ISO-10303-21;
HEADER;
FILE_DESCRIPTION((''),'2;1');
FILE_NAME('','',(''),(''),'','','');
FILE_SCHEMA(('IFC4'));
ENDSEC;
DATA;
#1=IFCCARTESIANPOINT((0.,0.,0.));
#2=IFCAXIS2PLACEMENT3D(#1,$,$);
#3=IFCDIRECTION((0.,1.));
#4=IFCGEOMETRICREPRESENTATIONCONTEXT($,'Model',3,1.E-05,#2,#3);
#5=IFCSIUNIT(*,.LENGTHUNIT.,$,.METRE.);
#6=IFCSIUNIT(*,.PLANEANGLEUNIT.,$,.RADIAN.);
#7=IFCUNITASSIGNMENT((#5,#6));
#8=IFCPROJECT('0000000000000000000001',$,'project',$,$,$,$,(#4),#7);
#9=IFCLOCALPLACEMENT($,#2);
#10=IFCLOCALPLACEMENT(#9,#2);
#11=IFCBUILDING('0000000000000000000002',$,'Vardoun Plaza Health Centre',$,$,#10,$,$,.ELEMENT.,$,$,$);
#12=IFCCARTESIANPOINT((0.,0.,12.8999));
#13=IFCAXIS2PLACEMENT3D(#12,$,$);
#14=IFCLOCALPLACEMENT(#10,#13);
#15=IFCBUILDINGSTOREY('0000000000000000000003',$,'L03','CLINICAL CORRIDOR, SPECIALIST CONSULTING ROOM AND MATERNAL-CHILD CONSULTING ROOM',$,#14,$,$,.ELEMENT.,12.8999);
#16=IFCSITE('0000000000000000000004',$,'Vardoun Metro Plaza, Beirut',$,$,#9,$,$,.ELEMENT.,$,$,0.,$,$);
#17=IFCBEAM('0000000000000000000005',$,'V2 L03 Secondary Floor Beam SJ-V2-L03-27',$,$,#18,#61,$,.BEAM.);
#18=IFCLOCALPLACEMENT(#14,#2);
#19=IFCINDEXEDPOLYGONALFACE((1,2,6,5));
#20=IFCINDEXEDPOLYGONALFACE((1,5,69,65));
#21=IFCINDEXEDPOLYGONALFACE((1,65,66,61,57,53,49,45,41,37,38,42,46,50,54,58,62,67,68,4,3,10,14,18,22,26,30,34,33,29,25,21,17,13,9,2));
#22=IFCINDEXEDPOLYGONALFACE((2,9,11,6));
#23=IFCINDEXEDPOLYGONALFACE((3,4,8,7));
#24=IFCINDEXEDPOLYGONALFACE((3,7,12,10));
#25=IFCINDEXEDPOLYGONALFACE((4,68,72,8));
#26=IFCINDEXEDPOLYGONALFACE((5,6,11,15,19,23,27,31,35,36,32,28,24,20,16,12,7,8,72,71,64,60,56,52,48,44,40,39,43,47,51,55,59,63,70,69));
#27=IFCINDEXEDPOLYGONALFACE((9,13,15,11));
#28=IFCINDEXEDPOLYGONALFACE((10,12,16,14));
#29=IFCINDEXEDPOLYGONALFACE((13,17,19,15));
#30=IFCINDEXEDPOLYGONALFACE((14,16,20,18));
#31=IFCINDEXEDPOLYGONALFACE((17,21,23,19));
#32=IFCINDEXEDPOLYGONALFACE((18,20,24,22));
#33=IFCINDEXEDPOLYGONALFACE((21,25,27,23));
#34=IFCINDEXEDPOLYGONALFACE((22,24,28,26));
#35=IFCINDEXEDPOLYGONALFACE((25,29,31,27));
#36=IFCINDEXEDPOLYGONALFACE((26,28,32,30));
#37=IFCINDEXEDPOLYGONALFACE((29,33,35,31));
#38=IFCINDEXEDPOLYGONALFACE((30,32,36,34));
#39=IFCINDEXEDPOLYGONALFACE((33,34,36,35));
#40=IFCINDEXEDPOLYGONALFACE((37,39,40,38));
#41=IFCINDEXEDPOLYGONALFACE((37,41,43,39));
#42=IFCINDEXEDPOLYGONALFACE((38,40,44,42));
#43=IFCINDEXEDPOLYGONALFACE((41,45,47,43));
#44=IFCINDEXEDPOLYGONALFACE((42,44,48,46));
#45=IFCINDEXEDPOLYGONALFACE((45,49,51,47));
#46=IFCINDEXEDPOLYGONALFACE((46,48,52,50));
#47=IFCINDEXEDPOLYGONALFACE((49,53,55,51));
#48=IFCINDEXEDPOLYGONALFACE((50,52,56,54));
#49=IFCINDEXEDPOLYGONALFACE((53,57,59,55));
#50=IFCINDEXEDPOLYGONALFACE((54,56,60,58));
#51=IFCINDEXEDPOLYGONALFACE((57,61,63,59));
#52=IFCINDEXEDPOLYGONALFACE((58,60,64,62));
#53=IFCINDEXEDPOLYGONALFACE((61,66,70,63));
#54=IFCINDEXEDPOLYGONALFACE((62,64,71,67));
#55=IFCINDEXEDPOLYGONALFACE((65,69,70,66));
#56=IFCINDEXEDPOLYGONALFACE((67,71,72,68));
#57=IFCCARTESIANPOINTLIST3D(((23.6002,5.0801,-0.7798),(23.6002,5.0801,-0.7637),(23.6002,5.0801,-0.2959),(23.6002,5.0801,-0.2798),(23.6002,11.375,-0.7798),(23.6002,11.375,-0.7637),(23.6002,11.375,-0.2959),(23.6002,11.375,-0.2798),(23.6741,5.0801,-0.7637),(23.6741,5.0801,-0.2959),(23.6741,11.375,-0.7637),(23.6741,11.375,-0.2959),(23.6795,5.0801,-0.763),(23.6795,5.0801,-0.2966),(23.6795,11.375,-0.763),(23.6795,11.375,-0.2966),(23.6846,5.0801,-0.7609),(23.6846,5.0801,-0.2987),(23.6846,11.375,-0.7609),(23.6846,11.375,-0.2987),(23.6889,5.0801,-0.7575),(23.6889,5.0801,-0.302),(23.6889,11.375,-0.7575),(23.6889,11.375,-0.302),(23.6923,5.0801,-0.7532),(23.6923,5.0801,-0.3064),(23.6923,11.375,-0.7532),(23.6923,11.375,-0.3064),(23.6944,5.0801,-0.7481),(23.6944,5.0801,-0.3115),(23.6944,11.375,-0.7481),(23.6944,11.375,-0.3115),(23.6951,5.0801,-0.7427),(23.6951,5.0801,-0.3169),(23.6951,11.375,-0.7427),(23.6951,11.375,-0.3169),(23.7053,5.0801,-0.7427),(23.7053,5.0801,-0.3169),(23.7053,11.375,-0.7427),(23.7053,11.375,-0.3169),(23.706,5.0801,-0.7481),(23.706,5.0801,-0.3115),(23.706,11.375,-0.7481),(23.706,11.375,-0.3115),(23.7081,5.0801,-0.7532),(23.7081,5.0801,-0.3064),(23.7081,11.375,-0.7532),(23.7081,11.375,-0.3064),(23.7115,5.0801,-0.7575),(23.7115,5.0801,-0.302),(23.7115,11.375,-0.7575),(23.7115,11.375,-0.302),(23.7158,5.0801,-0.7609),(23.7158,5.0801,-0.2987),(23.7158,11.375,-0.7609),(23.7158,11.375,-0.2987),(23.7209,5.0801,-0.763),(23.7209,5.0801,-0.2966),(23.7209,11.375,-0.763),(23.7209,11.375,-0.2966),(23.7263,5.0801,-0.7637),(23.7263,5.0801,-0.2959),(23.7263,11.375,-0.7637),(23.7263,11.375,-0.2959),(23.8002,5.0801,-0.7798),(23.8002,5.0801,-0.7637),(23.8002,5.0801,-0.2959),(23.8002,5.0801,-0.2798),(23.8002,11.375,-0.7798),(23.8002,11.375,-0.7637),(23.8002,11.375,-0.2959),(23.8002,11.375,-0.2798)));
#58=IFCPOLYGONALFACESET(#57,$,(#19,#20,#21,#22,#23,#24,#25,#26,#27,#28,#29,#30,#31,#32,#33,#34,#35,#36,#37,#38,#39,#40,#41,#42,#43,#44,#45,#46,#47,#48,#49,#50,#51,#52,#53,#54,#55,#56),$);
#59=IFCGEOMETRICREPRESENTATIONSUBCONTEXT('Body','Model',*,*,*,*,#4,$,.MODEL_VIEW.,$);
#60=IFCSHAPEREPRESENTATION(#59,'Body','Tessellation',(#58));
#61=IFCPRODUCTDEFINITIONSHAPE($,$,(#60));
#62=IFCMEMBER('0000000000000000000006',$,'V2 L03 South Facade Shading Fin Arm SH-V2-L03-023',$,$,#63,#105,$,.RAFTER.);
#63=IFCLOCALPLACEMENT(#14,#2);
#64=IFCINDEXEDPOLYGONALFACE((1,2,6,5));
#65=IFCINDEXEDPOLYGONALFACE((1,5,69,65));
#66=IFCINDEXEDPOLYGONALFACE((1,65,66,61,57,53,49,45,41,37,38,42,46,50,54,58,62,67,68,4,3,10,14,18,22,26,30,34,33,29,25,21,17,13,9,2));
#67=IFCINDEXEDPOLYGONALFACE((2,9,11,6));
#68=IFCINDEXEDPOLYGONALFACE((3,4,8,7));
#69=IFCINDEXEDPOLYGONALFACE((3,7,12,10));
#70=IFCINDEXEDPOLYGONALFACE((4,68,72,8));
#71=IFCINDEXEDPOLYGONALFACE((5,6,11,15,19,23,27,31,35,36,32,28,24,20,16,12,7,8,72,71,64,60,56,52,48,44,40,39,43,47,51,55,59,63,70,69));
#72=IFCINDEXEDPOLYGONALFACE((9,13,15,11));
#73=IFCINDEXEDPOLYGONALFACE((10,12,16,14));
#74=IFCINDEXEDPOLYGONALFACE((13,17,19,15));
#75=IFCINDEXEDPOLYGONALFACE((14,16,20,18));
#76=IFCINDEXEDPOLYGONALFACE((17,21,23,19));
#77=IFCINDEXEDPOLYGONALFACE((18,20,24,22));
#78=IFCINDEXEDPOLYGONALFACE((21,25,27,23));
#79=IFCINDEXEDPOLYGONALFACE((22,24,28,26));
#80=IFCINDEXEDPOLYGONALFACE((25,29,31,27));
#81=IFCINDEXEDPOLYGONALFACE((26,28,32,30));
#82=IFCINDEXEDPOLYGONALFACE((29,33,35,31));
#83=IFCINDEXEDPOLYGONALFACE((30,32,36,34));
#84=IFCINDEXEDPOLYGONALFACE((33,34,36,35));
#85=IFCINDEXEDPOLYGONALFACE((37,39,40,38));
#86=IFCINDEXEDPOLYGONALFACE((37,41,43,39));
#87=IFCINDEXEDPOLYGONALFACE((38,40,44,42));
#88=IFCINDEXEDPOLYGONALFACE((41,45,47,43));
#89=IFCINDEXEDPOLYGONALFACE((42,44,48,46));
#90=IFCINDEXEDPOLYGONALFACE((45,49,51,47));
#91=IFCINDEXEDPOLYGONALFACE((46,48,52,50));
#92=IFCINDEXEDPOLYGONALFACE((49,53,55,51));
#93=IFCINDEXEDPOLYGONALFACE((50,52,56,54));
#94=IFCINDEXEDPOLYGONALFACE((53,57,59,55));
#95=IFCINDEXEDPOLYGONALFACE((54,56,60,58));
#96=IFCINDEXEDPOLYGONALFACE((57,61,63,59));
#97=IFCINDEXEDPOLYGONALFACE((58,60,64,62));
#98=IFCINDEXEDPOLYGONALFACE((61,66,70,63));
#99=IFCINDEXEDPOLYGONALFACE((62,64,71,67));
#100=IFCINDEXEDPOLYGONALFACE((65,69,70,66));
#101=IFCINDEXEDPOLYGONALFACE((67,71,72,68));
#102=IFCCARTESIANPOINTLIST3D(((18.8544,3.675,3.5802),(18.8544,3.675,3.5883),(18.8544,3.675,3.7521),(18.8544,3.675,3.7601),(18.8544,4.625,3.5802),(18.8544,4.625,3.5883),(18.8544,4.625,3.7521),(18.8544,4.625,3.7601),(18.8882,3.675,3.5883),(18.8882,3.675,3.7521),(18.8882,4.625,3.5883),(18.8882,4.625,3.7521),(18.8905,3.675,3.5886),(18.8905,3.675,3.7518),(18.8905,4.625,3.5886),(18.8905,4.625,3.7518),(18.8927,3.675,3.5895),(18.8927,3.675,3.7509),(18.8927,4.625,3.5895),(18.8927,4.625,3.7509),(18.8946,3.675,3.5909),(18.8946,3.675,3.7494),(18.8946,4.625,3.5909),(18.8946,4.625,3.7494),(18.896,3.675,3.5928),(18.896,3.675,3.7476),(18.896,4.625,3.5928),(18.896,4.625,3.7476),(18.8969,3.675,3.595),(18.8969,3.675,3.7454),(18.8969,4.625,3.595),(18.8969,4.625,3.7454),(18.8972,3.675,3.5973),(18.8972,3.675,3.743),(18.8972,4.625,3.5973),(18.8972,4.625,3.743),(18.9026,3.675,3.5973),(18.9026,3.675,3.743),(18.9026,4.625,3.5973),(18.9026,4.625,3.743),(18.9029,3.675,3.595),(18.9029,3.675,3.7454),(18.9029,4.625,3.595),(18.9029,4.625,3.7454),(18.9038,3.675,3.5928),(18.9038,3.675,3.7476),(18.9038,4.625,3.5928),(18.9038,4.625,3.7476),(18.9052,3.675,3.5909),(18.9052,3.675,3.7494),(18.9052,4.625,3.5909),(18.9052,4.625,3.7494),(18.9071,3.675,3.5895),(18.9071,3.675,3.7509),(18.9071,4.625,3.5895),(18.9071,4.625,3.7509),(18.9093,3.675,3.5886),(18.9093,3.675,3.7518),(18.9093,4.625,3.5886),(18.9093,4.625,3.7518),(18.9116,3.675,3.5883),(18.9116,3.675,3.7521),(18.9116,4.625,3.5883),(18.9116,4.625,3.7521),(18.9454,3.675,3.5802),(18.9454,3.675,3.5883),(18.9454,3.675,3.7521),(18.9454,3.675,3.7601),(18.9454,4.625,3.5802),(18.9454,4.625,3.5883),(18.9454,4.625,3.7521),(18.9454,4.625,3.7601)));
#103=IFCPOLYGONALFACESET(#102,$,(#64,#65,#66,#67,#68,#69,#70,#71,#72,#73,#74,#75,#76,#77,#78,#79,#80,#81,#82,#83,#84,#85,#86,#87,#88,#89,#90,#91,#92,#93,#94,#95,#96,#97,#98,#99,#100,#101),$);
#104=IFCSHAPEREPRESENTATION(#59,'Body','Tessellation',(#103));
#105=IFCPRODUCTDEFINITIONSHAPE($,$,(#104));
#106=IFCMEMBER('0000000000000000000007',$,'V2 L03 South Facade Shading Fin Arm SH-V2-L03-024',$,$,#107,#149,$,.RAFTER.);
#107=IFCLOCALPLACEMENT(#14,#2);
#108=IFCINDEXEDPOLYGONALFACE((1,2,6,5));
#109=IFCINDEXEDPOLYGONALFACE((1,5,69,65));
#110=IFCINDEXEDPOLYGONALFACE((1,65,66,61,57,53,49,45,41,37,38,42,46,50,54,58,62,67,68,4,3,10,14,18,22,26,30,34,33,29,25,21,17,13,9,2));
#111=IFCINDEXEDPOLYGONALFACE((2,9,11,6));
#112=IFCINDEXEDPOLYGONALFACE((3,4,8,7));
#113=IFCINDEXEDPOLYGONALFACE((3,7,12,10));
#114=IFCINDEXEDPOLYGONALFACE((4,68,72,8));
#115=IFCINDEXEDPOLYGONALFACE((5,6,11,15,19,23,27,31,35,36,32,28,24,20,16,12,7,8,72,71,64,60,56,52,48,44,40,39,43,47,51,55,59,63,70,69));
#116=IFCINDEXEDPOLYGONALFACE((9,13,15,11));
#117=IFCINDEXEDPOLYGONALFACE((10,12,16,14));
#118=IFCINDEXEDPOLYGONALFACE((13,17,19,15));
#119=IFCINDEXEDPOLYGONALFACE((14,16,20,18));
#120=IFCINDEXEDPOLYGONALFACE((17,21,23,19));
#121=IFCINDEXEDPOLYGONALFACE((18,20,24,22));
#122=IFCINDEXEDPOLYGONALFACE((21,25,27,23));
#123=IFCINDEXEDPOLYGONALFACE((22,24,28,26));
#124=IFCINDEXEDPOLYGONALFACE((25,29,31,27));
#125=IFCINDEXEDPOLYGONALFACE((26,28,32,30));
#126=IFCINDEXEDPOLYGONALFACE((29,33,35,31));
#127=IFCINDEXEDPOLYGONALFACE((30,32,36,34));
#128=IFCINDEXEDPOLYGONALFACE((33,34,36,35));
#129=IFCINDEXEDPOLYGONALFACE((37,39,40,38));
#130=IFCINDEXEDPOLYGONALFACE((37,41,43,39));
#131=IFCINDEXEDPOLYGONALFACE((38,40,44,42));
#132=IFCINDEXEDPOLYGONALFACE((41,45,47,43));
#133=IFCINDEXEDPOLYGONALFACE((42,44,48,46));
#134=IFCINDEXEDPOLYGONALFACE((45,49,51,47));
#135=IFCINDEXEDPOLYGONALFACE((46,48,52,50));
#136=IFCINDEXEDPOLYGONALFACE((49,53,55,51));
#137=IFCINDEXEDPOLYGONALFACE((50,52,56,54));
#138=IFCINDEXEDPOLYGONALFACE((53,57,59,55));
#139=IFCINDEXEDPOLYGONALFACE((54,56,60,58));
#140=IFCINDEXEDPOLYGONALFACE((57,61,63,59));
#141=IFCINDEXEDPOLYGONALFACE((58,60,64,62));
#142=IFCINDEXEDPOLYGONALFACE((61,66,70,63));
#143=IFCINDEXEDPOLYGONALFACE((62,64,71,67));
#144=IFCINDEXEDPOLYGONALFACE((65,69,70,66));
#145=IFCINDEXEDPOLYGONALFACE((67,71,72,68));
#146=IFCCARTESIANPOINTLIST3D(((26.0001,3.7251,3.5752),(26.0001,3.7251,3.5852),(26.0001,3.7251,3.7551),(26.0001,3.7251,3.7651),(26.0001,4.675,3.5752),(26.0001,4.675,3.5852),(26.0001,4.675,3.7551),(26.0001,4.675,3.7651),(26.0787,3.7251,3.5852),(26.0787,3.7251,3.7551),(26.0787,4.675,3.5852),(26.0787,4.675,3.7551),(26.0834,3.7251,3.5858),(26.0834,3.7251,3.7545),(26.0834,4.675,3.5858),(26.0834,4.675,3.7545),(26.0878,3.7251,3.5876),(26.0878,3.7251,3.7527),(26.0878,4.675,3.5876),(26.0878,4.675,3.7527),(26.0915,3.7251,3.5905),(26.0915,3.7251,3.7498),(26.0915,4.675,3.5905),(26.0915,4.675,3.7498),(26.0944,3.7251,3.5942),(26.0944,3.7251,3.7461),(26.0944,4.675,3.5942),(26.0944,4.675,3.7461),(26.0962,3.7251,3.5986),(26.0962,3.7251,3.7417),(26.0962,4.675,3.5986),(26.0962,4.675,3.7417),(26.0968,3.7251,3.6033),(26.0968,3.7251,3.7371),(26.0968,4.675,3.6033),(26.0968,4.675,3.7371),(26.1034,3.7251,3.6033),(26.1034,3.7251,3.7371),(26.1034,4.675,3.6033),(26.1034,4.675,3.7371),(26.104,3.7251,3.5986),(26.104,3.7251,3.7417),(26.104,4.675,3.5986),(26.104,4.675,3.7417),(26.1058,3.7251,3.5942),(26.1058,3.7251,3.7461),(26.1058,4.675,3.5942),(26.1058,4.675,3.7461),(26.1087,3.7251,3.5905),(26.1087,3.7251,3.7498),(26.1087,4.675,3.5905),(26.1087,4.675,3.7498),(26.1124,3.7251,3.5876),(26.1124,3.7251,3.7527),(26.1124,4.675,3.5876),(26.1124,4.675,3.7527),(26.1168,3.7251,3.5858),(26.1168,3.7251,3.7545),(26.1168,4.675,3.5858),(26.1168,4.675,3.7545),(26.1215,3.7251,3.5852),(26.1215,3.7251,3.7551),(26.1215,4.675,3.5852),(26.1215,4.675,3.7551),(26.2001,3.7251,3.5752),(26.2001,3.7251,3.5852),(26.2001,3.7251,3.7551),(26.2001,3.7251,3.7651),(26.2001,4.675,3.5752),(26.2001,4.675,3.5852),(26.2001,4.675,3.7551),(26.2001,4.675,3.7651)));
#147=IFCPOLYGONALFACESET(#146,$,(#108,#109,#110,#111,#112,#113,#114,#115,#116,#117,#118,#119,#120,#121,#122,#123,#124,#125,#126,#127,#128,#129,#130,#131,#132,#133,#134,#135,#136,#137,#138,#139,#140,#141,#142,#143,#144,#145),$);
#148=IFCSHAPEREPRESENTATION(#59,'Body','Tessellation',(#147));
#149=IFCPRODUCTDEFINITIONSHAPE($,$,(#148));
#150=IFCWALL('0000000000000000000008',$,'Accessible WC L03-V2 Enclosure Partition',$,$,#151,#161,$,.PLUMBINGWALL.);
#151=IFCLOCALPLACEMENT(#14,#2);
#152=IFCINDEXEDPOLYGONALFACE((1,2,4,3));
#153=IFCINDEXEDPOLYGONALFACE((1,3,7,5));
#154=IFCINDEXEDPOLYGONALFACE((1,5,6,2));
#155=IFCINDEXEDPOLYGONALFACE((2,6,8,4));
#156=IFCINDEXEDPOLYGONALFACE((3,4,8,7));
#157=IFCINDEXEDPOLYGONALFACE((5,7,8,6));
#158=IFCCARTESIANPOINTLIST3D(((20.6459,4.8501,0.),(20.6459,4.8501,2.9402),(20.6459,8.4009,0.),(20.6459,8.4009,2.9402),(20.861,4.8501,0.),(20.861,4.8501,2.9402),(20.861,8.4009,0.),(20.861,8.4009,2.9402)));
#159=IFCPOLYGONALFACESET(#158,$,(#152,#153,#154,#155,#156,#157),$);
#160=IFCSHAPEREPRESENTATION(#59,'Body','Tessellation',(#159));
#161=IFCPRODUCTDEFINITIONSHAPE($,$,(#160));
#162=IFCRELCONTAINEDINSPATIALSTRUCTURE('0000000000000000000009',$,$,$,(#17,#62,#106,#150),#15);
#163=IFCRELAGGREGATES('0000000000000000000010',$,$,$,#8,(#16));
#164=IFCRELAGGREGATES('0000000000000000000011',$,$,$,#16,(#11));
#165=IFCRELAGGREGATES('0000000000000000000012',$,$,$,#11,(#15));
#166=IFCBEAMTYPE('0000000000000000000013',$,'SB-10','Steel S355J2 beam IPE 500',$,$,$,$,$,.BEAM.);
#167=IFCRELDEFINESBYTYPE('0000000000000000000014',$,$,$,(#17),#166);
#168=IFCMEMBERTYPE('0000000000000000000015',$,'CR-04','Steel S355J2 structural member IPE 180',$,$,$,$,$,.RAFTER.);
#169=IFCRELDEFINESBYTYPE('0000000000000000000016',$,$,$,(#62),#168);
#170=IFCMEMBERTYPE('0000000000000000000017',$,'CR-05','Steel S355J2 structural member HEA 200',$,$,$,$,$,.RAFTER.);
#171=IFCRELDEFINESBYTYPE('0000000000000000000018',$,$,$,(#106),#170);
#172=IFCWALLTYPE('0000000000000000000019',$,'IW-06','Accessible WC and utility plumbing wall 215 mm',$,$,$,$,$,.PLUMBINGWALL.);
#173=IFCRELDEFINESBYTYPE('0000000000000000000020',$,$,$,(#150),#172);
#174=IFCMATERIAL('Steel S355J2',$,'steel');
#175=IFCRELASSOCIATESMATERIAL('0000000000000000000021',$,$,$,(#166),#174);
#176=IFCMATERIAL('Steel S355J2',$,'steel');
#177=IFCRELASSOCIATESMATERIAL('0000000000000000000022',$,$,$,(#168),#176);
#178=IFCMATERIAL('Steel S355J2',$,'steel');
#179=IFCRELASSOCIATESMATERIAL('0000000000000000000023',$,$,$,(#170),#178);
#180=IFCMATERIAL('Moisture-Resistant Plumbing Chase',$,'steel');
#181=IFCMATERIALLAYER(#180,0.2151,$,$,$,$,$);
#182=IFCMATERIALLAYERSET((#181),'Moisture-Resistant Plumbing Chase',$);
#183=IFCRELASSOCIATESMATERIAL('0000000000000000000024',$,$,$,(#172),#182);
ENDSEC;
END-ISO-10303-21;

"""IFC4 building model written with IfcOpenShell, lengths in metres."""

from ifc_helpers import new_model, si_unit, direction, frame, frame_2d, origin, origin_2d, place, context, subcontext, project, spatial, rectangle, i_section, extrude, material, layer, layer_set, material_profile, profile_set, type_object, element, save


model = new_model("IFC4")

# Units and contexts
model_context = context("Model", 3, precision=1e-05, world=origin(), true_north=direction((0.0, 1.0)))
body_context = subcontext(model_context, "Body", "Model", "MODEL_VIEW")
ifc_project = project(units=[si_unit("LENGTHUNIT", "METRE"), si_unit("PLANEANGLEUNIT", "RADIAN")], contexts=[model_context])

# Site, building, storey
site_placement = place(None, origin())
site = spatial("IfcSite", under=ifc_project, at=site_placement, Name="Vardoun Metro Plaza, Beirut", CompositionType="ELEMENT", RefElevation=0.0)
building_placement = place(site_placement, origin())
building = spatial("IfcBuilding", under=site, at=building_placement, Name="Vardoun Plaza Health Centre", CompositionType="ELEMENT")
storey_placement = place(building_placement, frame((0.0, 0.0, 12.8999)))
storey = spatial("IfcBuildingStorey", under=building, at=storey_placement, Name="L03", Description="CLINICAL CORRIDOR, SPECIALIST CONSULTING ROOM AND MATERNAL-CHILD CONSULTING ROOM", CompositionType="ELEMENT", Elevation=12.8999)

# Beam
ifc_material_1 = material(Name="Steel S355J2", Category="steel")
ifc_material_profile_1 = material_profile(ifc_material_1, i_section(OverallWidth=0.2, OverallDepth=0.5, WebThickness=0.0103, FlangeThickness=0.0161, FilletRadius=0.021, at=origin_2d()), Name="IPE 500")
ifc_profile_set_1 = profile_set([ifc_material_profile_1], Name="Steel S355J2")
beam_type_1 = type_object("IfcBeamType", Name="SB-10", Description="Steel S355J2 beam IPE 500", PredefinedType="BEAM", material=ifc_profile_set_1)
beam_1_placement = place(storey_placement, frame((23.7002, 5.0801, -0.5298), z_axis=(0.0, 1.0, 0.0), x_axis=(-1.0, 0.0, 0.0)))
element("IfcBeam", 1, at=beam_1_placement, inside=storey, type_object=beam_type_1, Name="V2 L03 Secondary Floor Beam SJ-V2-L03-27", PredefinedType="BEAM", context=body_context, shape_type="SweptSolid", body=[
    extrude(i_section(OverallWidth=0.2, OverallDepth=0.5, WebThickness=0.0103, FlangeThickness=0.0161, FilletRadius=0.021, at=origin_2d()), origin(), (0.0, 0.0, 1.0), 6.2949),
])

# Members
ifc_material_2 = material(Name="Steel S355J2", Category="steel")
ifc_material_profile_2 = material_profile(ifc_material_2, i_section(OverallWidth=0.0911, OverallDepth=0.1799, WebThickness=0.0054, FlangeThickness=0.0081, FilletRadius=0.009, at=origin_2d()), Name="IPE 180")
ifc_profile_set_2 = profile_set([ifc_material_profile_2], Name="Steel S355J2")
member_type_1 = type_object("IfcMemberType", Name="CR-04", Description="Steel S355J2 structural member IPE 180", PredefinedType="RAFTER", material=ifc_profile_set_2)
member_1_placement = place(storey_placement, frame((18.8999, 4.625, 3.6702), z_axis=(0.0, -1.0, 0.0), x_axis=(1.0, 0.0, 0.0)))
element("IfcMember", 2, at=member_1_placement, inside=storey, type_object=member_type_1, Name="V2 L03 South Facade Shading Fin Arm SH-V2-L03-023", PredefinedType="RAFTER", context=body_context, shape_type="SweptSolid", body=[
    extrude(i_section(OverallWidth=0.0911, OverallDepth=0.1799, WebThickness=0.0054, FlangeThickness=0.0081, FilletRadius=0.009, at=origin_2d()), origin(), (0.0, 0.0, 1.0), 0.95),
])
ifc_material_3 = material(Name="Steel S355J2", Category="steel")
ifc_material_profile_3 = material_profile(ifc_material_3, i_section(OverallWidth=0.2, OverallDepth=0.1899, WebThickness=0.0066, FlangeThickness=0.01, FilletRadius=0.0181, at=origin_2d()), Name="HEA 200")
ifc_profile_set_3 = profile_set([ifc_material_profile_3], Name="Steel S355J2")
member_type_2 = type_object("IfcMemberType", Name="CR-05", Description="Steel S355J2 structural member HEA 200", PredefinedType="RAFTER", material=ifc_profile_set_3)
member_2_placement = place(storey_placement, frame((26.1001, 4.675, 3.6702), z_axis=(0.0, -1.0, 0.0), x_axis=(1.0, 0.0, 0.0)))
element("IfcMember", 3, at=member_2_placement, inside=storey, type_object=member_type_2, Name="V2 L03 South Facade Shading Fin Arm SH-V2-L03-024", PredefinedType="RAFTER", context=body_context, shape_type="SweptSolid", body=[
    extrude(i_section(OverallWidth=0.2, OverallDepth=0.1899, WebThickness=0.0066, FlangeThickness=0.01, FilletRadius=0.0181, at=origin_2d()), origin(), (0.0, 0.0, 1.0), 0.95),
])

# Wall
ifc_material_4 = material(Name="Moisture-Resistant Plumbing Chase", Category="steel")
ifc_layer_1 = layer(ifc_material_4, 0.2151)
ifc_layer_set_1 = layer_set([ifc_layer_1], Name="Moisture-Resistant Plumbing Chase")
wall_type_1 = type_object("IfcWallType", Name="IW-06", Description="Accessible WC and utility plumbing wall 215 mm", PredefinedType="PLUMBINGWALL", material=ifc_layer_set_1)
wall_1_placement = place(storey_placement, frame((20.7534, 8.4009, 0.0), z_axis=(0.0, 0.0, 1.0), x_axis=(0.0, -1.0, 0.0)))
element("IfcWall", 4, at=wall_1_placement, inside=storey, type_object=wall_type_1, Name="Accessible WC L03-V2 Enclosure Partition", PredefinedType="PLUMBINGWALL", context=body_context, shape_type="SweptSolid", body=[
    extrude(rectangle(XDim=3.5508, YDim=0.2151, at=frame_2d((1.7754, 0.0))), origin(), (0.0, 0.0, 1.0), 2.9402),
])

save(model, "model.ifc")
